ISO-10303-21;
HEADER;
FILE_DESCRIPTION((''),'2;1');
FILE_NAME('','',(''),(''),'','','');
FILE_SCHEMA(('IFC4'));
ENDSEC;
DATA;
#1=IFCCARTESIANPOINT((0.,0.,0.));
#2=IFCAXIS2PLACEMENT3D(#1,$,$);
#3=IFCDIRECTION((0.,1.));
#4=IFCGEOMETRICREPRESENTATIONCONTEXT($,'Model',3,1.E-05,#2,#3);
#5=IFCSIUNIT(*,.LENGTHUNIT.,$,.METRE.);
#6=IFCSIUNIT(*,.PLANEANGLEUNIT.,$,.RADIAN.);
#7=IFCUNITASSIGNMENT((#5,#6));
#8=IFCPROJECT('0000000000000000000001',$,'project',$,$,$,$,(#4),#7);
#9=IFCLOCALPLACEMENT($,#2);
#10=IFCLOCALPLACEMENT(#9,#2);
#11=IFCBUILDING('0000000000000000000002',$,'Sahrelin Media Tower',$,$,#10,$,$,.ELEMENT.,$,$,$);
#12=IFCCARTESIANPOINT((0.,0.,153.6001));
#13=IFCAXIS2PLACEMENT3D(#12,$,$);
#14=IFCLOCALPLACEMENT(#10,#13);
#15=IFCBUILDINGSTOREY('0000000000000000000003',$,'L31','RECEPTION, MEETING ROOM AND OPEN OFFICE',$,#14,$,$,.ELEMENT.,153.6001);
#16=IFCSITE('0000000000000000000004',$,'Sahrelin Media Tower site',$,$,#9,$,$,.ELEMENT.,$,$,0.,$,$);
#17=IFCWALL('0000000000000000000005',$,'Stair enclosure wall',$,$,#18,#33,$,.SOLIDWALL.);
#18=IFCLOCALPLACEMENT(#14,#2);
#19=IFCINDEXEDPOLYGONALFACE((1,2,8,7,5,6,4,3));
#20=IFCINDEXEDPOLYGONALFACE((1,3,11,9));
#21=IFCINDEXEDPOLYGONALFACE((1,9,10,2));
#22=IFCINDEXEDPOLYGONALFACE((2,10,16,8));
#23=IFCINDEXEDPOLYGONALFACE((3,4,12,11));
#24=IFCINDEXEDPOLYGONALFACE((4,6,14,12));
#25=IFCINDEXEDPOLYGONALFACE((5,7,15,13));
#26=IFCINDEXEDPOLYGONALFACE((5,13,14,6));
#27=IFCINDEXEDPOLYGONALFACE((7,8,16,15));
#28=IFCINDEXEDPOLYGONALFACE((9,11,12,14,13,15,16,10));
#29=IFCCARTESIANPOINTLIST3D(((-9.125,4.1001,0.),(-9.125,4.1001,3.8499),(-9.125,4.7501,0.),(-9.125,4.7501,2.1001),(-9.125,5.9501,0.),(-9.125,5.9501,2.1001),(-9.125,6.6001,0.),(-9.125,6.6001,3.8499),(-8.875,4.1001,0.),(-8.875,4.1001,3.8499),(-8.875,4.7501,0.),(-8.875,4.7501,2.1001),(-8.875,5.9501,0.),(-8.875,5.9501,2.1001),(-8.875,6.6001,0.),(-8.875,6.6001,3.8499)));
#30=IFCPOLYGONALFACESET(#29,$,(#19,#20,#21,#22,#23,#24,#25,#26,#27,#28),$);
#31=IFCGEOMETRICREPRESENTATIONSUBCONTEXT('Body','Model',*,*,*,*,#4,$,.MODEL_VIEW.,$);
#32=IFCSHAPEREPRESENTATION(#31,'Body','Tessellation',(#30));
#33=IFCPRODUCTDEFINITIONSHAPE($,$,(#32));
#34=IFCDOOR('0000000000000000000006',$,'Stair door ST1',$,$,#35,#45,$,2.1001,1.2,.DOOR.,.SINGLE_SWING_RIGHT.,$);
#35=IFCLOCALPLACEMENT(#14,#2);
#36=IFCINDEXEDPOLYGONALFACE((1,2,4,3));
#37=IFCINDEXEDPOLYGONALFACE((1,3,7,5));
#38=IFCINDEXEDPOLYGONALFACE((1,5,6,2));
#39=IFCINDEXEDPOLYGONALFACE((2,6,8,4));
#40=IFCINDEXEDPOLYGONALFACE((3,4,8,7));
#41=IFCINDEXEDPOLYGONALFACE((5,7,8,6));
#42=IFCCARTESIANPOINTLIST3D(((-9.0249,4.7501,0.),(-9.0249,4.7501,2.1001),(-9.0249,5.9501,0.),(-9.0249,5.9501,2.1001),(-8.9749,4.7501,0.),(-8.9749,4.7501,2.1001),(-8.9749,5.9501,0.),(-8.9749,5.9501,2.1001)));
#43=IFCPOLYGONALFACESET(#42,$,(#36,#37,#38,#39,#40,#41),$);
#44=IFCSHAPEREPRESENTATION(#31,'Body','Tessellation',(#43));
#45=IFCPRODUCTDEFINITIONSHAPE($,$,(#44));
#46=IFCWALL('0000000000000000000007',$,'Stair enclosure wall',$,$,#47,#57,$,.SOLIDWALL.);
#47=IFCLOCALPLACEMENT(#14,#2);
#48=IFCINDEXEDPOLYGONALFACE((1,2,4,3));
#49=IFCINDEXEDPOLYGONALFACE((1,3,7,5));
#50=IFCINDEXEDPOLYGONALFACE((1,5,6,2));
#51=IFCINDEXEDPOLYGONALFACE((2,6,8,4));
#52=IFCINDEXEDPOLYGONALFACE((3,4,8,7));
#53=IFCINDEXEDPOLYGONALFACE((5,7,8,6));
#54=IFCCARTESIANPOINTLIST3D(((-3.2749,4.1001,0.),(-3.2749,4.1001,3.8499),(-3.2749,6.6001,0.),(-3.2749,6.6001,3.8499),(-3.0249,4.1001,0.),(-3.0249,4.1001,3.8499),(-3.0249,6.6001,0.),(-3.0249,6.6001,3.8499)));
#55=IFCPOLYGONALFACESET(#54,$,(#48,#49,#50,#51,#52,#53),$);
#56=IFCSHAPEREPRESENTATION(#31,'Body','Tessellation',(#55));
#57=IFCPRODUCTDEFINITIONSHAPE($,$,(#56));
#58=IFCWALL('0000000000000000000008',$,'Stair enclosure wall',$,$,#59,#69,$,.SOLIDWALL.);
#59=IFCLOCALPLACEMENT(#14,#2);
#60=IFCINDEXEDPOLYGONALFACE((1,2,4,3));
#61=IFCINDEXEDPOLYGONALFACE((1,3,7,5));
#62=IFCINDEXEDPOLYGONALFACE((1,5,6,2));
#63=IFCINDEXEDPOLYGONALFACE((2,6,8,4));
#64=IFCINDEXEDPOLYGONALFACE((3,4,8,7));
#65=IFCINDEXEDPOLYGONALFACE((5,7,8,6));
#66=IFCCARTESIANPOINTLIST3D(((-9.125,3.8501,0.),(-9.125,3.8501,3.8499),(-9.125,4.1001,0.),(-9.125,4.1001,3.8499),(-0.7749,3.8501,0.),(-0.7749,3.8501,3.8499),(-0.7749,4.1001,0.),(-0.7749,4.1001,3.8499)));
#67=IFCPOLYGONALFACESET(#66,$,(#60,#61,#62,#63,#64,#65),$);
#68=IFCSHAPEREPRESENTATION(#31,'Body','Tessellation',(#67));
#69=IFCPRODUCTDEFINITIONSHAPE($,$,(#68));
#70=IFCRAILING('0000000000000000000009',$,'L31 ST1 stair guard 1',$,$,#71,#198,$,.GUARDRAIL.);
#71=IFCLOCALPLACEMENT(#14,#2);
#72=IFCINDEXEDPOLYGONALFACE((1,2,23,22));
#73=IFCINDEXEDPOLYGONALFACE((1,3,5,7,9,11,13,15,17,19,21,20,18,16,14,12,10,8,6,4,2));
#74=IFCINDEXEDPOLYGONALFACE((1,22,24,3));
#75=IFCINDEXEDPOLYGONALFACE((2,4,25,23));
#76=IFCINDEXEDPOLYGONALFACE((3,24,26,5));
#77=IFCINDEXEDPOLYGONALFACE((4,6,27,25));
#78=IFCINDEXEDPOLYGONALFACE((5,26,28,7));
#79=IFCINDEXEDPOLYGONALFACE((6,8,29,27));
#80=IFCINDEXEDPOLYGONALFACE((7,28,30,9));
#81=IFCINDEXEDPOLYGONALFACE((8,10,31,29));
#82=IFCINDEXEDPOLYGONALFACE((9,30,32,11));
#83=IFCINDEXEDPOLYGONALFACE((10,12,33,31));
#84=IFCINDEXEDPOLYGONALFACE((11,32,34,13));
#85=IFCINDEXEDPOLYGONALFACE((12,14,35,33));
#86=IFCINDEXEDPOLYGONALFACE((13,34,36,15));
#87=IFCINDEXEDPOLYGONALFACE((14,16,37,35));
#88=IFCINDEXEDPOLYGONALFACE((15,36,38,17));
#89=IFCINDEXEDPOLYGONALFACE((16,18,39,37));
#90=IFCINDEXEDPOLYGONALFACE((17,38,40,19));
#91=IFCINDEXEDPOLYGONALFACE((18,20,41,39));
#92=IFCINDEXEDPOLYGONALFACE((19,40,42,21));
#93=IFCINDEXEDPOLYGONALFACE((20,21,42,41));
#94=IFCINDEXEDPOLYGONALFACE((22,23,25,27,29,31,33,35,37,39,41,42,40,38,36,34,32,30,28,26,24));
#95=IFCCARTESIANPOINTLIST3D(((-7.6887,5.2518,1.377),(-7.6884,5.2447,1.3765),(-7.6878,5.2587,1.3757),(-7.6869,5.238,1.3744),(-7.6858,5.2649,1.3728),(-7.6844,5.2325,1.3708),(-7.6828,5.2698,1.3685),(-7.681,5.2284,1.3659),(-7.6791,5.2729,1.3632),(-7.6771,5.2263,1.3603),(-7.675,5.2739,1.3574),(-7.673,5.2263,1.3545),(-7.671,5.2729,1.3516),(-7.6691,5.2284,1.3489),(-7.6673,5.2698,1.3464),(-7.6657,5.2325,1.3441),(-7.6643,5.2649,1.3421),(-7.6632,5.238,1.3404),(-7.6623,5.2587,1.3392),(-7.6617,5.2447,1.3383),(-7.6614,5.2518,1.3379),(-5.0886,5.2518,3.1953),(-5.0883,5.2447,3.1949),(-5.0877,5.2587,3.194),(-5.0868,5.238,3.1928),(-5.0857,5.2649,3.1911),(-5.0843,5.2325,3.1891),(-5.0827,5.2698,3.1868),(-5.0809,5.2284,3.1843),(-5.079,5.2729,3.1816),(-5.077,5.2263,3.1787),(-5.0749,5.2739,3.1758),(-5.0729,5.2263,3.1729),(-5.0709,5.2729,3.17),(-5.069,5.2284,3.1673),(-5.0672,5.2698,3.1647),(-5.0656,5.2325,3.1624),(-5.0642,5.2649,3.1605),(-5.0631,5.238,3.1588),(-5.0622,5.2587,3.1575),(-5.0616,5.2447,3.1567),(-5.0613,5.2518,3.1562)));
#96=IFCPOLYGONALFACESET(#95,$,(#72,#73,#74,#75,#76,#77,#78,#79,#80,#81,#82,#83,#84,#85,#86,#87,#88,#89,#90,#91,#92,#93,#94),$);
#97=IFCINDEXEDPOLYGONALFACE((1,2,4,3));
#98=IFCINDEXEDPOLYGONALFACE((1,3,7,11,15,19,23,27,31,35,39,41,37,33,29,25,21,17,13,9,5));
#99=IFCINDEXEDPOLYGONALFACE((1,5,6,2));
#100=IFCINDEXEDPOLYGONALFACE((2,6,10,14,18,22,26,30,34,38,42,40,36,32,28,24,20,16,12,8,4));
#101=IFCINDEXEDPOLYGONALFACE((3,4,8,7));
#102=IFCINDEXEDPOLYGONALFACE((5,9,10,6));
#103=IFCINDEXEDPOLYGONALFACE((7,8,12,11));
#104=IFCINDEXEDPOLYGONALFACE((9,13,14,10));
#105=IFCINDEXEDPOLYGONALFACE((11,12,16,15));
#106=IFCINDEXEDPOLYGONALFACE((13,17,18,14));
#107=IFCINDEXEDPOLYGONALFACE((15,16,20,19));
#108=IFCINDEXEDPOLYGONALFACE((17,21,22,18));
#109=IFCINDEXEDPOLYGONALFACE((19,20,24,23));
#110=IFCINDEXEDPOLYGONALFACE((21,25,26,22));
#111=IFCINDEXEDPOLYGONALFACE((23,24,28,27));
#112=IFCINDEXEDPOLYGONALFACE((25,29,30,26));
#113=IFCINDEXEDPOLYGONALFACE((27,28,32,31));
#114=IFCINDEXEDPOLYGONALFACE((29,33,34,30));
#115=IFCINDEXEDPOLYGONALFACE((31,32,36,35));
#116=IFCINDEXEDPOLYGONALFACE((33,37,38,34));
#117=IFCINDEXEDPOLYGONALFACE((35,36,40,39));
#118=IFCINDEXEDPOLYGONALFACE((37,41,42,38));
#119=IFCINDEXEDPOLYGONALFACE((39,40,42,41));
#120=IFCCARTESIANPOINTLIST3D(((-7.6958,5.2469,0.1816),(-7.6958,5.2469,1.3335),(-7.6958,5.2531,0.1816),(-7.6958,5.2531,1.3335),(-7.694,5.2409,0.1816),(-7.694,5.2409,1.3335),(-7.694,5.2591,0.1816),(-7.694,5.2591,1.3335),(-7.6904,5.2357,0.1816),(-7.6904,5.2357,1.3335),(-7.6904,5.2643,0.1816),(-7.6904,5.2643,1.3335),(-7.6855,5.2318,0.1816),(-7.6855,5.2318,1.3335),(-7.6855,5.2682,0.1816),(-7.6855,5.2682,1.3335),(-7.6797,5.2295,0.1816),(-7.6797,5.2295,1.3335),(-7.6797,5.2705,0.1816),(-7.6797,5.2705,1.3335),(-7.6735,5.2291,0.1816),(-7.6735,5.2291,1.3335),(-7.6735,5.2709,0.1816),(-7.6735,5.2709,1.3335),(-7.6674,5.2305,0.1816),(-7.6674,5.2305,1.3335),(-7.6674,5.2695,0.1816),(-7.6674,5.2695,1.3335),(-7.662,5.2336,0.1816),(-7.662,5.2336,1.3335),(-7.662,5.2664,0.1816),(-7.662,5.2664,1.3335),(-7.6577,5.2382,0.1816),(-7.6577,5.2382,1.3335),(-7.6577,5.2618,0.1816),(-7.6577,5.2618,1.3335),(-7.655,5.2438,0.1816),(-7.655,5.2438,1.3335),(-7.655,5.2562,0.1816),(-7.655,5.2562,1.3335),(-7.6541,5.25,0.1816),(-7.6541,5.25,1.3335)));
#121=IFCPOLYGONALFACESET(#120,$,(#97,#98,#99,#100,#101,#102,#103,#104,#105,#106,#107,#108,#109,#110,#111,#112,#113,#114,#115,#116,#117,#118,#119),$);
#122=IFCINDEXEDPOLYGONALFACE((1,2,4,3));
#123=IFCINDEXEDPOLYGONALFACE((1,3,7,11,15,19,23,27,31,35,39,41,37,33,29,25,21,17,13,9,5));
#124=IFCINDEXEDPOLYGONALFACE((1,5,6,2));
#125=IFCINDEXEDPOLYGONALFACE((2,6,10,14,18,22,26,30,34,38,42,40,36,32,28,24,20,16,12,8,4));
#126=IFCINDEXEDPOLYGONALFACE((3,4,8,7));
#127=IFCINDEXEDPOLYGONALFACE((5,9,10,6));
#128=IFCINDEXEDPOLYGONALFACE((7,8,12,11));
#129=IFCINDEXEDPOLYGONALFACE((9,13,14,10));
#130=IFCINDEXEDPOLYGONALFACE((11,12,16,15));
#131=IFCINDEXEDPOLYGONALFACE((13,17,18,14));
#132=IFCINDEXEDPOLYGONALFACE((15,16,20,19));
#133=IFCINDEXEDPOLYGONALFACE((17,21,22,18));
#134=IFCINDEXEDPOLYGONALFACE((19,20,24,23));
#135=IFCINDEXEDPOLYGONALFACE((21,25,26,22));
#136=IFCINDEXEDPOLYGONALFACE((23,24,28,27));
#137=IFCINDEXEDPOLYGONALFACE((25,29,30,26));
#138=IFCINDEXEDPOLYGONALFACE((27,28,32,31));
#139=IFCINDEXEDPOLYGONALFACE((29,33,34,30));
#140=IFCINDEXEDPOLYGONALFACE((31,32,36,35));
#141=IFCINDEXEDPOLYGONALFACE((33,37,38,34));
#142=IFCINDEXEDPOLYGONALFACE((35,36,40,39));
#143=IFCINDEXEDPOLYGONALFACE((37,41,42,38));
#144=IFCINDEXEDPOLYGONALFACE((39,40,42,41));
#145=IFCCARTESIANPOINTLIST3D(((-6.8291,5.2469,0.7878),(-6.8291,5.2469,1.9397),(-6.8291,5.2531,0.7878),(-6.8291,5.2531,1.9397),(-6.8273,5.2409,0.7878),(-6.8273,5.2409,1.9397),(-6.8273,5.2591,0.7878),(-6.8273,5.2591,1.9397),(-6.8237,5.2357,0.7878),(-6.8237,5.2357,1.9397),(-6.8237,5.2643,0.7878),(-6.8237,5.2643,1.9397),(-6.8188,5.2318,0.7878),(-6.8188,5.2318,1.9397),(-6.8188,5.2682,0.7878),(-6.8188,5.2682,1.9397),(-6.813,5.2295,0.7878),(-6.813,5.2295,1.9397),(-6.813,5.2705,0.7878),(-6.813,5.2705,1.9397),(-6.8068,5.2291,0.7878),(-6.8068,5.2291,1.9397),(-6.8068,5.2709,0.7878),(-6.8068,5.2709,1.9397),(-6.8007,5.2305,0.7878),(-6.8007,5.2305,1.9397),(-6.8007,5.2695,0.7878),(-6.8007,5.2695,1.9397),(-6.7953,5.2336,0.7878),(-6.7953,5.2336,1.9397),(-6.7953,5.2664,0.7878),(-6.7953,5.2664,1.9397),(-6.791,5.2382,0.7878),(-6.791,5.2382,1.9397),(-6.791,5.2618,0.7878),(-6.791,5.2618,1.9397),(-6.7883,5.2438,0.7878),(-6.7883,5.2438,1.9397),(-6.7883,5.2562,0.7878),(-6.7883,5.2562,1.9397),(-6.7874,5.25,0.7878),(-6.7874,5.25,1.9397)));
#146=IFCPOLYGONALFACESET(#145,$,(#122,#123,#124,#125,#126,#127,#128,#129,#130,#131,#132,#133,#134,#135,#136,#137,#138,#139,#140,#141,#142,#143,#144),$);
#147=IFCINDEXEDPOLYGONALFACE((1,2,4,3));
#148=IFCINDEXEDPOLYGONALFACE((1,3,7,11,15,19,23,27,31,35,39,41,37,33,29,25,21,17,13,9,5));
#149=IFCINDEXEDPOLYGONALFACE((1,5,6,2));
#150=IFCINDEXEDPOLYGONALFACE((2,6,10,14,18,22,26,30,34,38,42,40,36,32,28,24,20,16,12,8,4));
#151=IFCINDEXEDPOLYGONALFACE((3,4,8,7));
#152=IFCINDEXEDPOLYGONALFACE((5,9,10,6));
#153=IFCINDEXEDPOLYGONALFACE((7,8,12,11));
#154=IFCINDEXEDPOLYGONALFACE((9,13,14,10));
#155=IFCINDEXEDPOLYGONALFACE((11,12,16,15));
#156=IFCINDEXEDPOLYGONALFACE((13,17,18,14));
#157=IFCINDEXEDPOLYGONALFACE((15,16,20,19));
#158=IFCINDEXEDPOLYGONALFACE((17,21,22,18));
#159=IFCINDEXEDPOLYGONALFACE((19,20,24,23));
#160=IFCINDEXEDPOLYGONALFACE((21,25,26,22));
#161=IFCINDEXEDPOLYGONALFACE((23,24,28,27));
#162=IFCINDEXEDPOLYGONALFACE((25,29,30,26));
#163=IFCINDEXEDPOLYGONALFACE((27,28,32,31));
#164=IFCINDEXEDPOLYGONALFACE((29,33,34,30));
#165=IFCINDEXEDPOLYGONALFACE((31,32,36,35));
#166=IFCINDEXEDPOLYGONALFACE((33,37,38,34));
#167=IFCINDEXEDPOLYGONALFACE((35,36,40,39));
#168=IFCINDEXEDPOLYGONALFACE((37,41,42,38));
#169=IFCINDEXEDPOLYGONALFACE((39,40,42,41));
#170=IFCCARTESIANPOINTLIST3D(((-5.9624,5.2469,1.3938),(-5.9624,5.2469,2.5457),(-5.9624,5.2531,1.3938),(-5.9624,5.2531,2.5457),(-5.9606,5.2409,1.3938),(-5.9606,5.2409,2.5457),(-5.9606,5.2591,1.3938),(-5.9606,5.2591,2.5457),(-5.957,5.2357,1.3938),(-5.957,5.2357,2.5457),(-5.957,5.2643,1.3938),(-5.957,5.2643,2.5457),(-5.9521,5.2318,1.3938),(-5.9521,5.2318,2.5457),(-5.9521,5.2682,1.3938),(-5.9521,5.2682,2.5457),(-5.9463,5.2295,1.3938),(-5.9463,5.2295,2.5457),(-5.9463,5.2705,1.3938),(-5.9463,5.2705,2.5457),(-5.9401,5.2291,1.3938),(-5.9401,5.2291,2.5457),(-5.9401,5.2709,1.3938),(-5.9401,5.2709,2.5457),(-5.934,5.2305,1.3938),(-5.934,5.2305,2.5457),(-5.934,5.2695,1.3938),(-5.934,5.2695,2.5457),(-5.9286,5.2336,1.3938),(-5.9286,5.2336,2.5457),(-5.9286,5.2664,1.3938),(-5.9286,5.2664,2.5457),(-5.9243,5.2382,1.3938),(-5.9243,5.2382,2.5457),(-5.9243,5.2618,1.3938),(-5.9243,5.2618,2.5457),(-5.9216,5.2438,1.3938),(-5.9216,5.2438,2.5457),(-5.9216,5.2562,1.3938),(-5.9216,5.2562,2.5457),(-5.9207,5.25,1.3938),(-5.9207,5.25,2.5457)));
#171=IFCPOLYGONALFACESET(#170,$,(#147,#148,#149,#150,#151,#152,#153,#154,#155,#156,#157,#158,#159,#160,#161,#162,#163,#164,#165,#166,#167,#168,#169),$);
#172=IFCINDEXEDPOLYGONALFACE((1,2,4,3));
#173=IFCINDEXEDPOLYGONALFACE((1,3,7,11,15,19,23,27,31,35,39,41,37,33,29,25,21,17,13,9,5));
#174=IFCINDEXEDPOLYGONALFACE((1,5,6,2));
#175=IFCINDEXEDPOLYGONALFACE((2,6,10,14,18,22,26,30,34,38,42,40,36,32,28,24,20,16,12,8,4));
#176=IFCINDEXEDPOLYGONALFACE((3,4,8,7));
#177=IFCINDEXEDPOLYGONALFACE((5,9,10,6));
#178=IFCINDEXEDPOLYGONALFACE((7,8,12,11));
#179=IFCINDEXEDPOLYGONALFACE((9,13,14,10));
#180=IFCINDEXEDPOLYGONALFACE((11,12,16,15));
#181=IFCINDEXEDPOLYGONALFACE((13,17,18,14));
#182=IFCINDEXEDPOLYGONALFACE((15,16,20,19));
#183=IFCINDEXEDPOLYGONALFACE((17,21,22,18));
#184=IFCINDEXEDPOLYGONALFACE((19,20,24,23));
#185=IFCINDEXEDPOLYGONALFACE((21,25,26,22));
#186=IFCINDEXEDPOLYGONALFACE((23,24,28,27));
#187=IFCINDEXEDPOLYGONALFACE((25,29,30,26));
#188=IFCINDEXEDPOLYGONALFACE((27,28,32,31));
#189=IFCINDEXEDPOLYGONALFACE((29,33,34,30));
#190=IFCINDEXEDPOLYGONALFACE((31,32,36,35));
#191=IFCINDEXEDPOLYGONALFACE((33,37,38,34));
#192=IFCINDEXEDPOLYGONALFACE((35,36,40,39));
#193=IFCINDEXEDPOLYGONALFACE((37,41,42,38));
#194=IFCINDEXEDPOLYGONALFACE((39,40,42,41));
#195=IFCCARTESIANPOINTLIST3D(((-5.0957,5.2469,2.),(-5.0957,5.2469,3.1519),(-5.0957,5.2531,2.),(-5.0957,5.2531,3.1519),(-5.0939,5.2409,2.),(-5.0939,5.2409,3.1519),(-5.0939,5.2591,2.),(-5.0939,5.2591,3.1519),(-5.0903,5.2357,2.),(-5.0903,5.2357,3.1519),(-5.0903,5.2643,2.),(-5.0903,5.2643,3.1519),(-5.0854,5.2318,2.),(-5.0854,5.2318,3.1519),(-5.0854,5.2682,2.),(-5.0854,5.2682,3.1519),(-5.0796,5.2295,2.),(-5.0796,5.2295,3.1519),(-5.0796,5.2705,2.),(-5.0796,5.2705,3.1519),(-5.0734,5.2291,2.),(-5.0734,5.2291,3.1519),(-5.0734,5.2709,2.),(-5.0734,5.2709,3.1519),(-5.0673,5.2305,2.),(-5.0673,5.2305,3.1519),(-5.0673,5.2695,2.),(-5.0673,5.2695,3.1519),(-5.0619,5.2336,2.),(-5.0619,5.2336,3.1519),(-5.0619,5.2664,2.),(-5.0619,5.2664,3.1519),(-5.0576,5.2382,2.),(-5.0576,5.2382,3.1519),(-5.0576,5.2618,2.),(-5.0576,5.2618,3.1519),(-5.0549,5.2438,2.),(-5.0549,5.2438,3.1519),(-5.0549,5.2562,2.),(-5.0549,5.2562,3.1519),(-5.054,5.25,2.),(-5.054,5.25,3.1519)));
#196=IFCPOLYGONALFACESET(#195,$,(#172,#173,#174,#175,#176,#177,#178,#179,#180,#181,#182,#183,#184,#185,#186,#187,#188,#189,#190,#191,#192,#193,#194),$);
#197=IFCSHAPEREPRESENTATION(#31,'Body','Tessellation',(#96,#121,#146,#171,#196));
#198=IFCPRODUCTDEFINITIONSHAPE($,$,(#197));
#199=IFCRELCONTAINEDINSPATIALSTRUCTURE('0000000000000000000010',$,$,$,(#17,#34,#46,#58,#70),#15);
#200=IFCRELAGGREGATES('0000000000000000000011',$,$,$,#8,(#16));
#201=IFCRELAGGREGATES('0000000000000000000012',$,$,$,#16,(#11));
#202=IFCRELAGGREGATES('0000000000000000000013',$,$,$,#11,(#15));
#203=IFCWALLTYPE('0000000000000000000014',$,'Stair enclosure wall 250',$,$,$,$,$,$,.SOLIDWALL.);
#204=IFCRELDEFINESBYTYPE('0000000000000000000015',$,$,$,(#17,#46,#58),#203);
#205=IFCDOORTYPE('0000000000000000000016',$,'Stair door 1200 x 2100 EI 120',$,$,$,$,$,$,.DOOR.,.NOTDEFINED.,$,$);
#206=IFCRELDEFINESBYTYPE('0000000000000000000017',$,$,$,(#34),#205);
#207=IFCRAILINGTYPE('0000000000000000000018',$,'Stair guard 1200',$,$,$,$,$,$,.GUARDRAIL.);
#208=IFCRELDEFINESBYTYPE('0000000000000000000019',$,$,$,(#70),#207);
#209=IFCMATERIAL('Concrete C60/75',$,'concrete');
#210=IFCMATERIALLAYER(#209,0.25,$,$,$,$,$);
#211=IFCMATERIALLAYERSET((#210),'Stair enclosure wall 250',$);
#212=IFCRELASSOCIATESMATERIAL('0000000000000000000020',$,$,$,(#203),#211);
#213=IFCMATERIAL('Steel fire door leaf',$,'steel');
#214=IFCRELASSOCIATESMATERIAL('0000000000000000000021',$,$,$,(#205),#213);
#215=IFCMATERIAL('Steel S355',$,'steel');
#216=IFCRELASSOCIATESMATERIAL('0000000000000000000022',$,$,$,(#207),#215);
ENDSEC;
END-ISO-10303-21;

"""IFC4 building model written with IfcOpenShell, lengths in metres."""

from ifc_helpers import new_model, si_unit, direction, frame, frame_2d, origin, origin_2d, place, context, subcontext, project, spatial, rectangle, circle, extrude, material, layer, layer_set, type_object, element, fill, save


model = new_model("IFC4")

# Units and contexts
model_context = context("Model", 3, precision=1e-05, world=origin(), true_north=direction((0.0, 1.0)))
body_context = subcontext(model_context, "Body", "Model", "MODEL_VIEW")
ifc_project = project(units=[si_unit("LENGTHUNIT", "METRE"), si_unit("PLANEANGLEUNIT", "RADIAN")], contexts=[model_context])

# Site, building, storey
site_placement = place(None, origin())
site = spatial("IfcSite", under=ifc_project, at=site_placement, Name="Sahrelin Media Tower site", CompositionType="ELEMENT", RefElevation=0.0)
building_placement = place(site_placement, origin())
building = spatial("IfcBuilding", under=site, at=building_placement, Name="Sahrelin Media Tower", CompositionType="ELEMENT")
storey_placement = place(building_placement, frame((0.0, 0.0, 153.6001)))
storey = spatial("IfcBuildingStorey", under=building, at=storey_placement, Name="L31", Description="RECEPTION, MEETING ROOM AND OPEN OFFICE", CompositionType="ELEMENT", Elevation=153.6001)

# Shared definitions
ifc_material_1 = material(Name="Steel S355", Category="steel")

# Shared definitions
ifc_material_2 = material(Name="Concrete C60/75", Category="concrete")

# Shared definitions
ifc_material_3 = material(Name="Steel fire door leaf", Category="steel")

# Wall, opening, door
ifc_layer_1 = layer(ifc_material_2, 0.25)
ifc_layer_set_1 = layer_set([ifc_layer_1], Name="Stair enclosure wall 250")
wall_type_1 = type_object("IfcWallType", Name="Stair enclosure wall 250", PredefinedType="SOLIDWALL", material=ifc_layer_set_1)
wall_1_placement = place(storey_placement, frame((-9.0, 4.1001, 0.0), z_axis=(0.0, 0.0, 1.0), x_axis=(0.0, 1.0, 0.0)))
wall_1 = element("IfcWall", 1, at=wall_1_placement, inside=storey, type_object=wall_type_1, Name="Stair enclosure wall", PredefinedType="SOLIDWALL", context=body_context, shape_type="SweptSolid", body=[
    extrude(rectangle(XDim=2.5, YDim=0.25, at=frame_2d((1.25, 0.0))), origin(), (0.0, 0.0, 1.0), 3.8499),
])
opening_1_placement = place(wall_1_placement, frame((0.6499, 0.0, 0.0)))
opening_1 = element("IfcOpeningElement", 2, at=opening_1_placement, cuts=wall_1, PredefinedType="OPENING", context=body_context, shape_type="SweptSolid", body=[
    extrude(rectangle(XDim=1.2, YDim=2.1001, at=frame_2d((0.6001, 1.05))), frame((0.0, 0.125, 0.0), z_axis=(0.0, -1.0, 0.0), x_axis=(1.0, 0.0, 0.0)), (0.0, 0.0, 1.0), 0.25),
])
door_type_1 = type_object("IfcDoorType", Name="Stair door 1200 x 2100 EI 120", OperationType="NOTDEFINED", PredefinedType="DOOR", material=ifc_material_3)
door_1_placement = place(opening_1_placement, origin())
door_1 = element("IfcDoor", 3, at=door_1_placement, inside=storey, type_object=door_type_1, Name="Stair door ST1", OperationType="SINGLE_SWING_RIGHT", OverallHeight=2.1001, OverallWidth=1.2, PredefinedType="DOOR", context=body_context, shape_type="SweptSolid", body=[
    extrude(rectangle(XDim=1.2, YDim=2.1001, at=frame_2d((0.6001, 1.05))), frame((0.0, 0.0249, 0.0), z_axis=(0.0, -1.0, 0.0), x_axis=(1.0, 0.0, 0.0)), (0.0, 0.0, 1.0), 0.05),
])
fill(opening_1, door_1)

# Walls
wall_2_placement = place(storey_placement, frame((-3.1499, 4.1001, 0.0), z_axis=(0.0, 0.0, 1.0), x_axis=(0.0, 1.0, 0.0)))
element("IfcWall", 4, at=wall_2_placement, inside=storey, type_object=wall_type_1, Name="Stair enclosure wall", PredefinedType="SOLIDWALL", context=body_context, shape_type="SweptSolid", body=[
    extrude(rectangle(XDim=2.5, YDim=0.25, at=frame_2d((1.25, 0.0))), origin(), (0.0, 0.0, 1.0), 3.8499),
])
wall_3_placement = place(storey_placement, frame((-9.125, 3.9751, 0.0), z_axis=(0.0, 0.0, 1.0), x_axis=(1.0, 0.0, 0.0)))
element("IfcWall", 5, at=wall_3_placement, inside=storey, type_object=wall_type_1, Name="Stair enclosure wall", PredefinedType="SOLIDWALL", context=body_context, shape_type="SweptSolid", body=[
    extrude(rectangle(XDim=8.3501, YDim=0.25, at=frame_2d((4.175, 0.0))), origin(), (0.0, 0.0, 1.0), 3.8499),
])

# Railing
railing_type_1 = type_object("IfcRailingType", Name="Stair guard 1200", PredefinedType="GUARDRAIL", material=ifc_material_1)
railing_1_placement = place(storey_placement, frame((-7.675, 5.25, 0.1816)))
element("IfcRailing", 6, at=railing_1_placement, inside=storey, type_object=railing_type_1, Name="L31 ST1 stair guard 1", PredefinedType="GUARDRAIL", context=body_context, shape_type="SweptSolid", body=[
    extrude(circle(Radius=0.0239, at=origin_2d()), frame((0.0, 0.0, 1.1758), z_axis=(0.819485, 0.0, 0.573101), x_axis=(0.0, 1.0, 0.0)), (0.0, 0.0, 1.0), 3.1729),
    extrude(circle(Radius=0.021, at=origin_2d()), origin(), (0.0, 0.0, 1.0), 1.1519),
    extrude(circle(Radius=0.021, at=origin_2d()), frame((0.8667, 0.0, 0.6062)), (0.0, 0.0, 1.0), 1.1519),
    extrude(circle(Radius=0.021, at=origin_2d()), frame((1.7334, 0.0, 1.2122)), (0.0, 0.0, 1.0), 1.1519),
    extrude(circle(Radius=0.021, at=origin_2d()), frame((2.6001, 0.0, 1.8184)), (0.0, 0.0, 1.0), 1.1519),
])

save(model, "model.ifc")
